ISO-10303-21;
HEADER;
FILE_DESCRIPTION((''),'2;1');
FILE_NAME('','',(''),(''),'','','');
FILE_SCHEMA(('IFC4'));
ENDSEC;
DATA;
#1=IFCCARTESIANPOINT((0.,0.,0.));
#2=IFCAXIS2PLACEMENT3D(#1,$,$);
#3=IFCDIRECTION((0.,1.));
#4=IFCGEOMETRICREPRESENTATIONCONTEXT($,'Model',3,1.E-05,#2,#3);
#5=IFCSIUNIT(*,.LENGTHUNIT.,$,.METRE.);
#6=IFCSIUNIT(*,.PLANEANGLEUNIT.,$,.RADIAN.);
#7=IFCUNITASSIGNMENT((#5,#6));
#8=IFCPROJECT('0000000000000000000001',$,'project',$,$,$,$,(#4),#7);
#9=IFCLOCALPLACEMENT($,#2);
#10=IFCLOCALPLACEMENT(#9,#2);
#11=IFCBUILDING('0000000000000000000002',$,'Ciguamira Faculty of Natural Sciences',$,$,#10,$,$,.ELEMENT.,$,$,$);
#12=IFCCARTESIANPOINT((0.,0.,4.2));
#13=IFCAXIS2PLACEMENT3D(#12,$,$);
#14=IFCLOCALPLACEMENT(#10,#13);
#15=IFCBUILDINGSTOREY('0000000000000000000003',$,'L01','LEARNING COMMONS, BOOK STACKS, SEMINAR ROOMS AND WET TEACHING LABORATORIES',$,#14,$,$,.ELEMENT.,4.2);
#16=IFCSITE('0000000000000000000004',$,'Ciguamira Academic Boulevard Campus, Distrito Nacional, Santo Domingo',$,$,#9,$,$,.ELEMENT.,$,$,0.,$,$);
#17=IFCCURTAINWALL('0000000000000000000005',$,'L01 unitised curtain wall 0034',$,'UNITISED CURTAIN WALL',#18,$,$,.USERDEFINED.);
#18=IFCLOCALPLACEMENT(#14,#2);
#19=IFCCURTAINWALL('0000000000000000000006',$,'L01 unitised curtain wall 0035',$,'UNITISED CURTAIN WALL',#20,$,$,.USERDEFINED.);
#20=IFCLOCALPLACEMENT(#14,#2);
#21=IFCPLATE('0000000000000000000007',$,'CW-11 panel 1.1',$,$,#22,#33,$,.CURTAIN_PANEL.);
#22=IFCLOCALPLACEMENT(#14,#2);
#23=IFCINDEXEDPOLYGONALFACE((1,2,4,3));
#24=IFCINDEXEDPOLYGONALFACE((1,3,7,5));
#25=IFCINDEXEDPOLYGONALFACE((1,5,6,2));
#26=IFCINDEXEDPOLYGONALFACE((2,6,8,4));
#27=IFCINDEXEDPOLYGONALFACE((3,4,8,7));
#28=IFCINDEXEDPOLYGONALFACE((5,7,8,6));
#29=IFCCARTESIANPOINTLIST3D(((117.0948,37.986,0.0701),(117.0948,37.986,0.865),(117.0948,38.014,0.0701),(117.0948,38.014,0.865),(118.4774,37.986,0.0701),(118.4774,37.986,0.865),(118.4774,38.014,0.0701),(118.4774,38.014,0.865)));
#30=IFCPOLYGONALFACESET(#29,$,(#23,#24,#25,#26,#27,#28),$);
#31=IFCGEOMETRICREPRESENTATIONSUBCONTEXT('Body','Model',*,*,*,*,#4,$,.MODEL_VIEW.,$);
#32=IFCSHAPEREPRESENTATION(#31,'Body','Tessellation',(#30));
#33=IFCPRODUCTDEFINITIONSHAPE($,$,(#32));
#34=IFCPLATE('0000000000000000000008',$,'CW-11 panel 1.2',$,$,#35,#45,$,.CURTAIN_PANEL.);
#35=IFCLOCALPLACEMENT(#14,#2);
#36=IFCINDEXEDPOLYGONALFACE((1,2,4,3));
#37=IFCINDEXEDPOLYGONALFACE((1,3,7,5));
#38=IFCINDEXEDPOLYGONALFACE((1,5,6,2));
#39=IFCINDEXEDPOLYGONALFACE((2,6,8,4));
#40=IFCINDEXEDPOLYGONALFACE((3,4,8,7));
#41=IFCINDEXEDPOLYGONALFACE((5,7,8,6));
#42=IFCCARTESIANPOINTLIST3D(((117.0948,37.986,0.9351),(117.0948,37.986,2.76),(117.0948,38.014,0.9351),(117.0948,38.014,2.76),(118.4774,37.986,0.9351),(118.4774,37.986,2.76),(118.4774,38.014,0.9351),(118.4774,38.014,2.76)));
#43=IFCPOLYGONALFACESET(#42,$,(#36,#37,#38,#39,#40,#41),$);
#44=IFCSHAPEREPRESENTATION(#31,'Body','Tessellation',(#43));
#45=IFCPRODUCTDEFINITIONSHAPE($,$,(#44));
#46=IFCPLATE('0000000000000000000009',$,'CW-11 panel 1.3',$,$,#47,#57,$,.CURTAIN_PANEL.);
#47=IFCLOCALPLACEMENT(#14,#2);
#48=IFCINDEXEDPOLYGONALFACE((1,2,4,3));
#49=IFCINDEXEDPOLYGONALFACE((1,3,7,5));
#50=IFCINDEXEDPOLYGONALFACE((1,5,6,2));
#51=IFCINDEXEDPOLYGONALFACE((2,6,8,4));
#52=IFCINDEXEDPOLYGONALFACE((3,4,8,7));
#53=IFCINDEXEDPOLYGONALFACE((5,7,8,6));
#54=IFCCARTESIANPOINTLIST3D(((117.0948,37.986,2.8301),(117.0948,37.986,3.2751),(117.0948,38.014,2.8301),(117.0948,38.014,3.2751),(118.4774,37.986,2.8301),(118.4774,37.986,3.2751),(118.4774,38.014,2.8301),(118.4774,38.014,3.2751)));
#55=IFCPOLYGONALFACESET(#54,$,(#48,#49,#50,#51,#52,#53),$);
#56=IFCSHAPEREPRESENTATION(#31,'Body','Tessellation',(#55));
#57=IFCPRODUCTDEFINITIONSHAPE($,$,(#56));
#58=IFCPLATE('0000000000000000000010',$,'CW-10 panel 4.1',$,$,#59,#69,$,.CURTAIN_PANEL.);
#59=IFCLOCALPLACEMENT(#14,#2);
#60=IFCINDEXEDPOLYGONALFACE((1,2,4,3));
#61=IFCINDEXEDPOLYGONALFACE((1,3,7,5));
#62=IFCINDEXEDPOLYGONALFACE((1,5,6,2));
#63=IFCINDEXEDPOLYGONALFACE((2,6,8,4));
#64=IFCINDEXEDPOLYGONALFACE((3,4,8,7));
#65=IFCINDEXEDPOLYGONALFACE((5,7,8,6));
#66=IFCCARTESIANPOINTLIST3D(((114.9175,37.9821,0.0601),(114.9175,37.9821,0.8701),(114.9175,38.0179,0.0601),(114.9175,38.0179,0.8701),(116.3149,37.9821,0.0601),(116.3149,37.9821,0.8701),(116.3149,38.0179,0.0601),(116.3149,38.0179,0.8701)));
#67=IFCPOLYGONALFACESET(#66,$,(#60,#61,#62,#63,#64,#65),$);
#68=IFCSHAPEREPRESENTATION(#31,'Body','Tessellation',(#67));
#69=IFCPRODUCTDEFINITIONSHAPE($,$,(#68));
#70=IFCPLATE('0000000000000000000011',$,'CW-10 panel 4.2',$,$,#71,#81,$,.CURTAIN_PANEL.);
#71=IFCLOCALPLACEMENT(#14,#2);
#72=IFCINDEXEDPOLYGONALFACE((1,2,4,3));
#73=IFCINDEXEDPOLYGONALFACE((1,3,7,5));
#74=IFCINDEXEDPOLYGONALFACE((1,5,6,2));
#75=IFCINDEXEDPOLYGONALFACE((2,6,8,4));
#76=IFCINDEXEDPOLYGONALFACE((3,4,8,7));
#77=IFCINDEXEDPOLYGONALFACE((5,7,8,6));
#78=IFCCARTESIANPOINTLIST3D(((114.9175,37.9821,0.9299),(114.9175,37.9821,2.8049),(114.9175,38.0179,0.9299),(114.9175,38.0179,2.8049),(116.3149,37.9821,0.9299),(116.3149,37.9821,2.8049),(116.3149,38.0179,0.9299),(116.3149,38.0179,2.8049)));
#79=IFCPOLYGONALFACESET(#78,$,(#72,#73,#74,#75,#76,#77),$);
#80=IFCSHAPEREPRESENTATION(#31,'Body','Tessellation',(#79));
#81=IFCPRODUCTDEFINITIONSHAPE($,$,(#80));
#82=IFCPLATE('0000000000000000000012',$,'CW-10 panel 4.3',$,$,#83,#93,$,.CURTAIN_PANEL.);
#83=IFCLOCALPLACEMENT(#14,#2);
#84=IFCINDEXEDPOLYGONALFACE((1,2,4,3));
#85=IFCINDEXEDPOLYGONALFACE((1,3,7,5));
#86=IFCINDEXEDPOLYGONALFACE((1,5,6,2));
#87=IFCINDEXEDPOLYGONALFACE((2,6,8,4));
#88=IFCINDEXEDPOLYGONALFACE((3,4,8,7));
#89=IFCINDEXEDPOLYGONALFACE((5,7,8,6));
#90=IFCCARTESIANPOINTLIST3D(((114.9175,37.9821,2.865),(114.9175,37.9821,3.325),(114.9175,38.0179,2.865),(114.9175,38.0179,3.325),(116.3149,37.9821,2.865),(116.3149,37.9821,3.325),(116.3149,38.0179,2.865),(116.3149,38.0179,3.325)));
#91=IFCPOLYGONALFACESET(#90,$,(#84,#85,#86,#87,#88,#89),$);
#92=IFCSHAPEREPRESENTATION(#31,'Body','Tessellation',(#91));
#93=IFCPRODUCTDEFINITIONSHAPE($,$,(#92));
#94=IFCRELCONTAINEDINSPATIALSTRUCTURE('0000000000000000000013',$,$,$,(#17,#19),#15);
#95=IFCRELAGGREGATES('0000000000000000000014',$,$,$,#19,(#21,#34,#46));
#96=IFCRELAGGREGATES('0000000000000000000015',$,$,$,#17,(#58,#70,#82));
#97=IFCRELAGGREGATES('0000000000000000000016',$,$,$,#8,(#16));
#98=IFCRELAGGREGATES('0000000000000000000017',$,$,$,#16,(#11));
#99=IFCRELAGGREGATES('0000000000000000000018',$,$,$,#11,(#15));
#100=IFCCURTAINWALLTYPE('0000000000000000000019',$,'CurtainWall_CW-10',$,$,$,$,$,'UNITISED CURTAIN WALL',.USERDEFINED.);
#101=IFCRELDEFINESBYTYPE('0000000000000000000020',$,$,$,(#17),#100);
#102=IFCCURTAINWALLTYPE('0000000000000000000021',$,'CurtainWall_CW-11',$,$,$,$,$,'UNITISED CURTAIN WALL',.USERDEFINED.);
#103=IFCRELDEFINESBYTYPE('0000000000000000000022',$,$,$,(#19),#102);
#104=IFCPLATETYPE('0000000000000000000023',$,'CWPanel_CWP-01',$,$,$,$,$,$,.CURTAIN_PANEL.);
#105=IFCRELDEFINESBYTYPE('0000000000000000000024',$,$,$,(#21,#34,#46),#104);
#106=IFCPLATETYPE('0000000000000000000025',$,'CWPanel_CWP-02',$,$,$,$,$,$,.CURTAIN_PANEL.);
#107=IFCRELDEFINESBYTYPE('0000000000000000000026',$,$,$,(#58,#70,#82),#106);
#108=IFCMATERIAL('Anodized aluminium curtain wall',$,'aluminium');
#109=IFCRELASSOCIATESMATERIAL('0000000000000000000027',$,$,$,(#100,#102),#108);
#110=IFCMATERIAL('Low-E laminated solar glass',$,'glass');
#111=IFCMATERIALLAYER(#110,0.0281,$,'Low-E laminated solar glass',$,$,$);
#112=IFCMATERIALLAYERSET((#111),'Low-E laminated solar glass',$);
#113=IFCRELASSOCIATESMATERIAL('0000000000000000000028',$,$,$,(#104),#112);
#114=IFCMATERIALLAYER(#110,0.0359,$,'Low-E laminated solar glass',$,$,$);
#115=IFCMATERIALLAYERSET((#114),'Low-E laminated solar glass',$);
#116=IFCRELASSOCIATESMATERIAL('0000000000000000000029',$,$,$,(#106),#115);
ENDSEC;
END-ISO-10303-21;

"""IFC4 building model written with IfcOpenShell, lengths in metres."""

from ifc_helpers import new_model, si_unit, direction, frame, origin, origin_2d, place, context, subcontext, project, spatial, rectangle, extrude, material, layer, layer_set, type_object, element, aggregate, save


model = new_model("IFC4")

# Units and contexts
model_context = context("Model", 3, precision=1e-05, world=origin(), true_north=direction((0.0, 1.0)))
body_context = subcontext(model_context, "Body", "Model", "MODEL_VIEW")
ifc_project = project(units=[si_unit("LENGTHUNIT", "METRE"), si_unit("PLANEANGLEUNIT", "RADIAN")], contexts=[model_context])

# Site, building, storey
site_placement = place(None, origin())
site = spatial("IfcSite", under=ifc_project, at=site_placement, Name="Ciguamira Academic Boulevard Campus, Distrito Nacional, Santo Domingo", CompositionType="ELEMENT", RefElevation=0.0)
building_placement = place(site_placement, origin())
building = spatial("IfcBuilding", under=site, at=building_placement, Name="Ciguamira Faculty of Natural Sciences", CompositionType="ELEMENT")
storey_placement = place(building_placement, frame((0.0, 0.0, 4.2)))
storey = spatial("IfcBuildingStorey", under=building, at=storey_placement, Name="L01", Description="LEARNING COMMONS, BOOK STACKS, SEMINAR ROOMS AND WET TEACHING LABORATORIES", CompositionType="ELEMENT", Elevation=4.2)

# Curtain wall
ifc_material_1 = material(Name="Anodized aluminium curtain wall", Category="aluminium")
curtain_wall_type_1 = type_object("IfcCurtainWallType", Name="CurtainWall_CW-10", ElementType="UNITISED CURTAIN WALL", PredefinedType="USERDEFINED", material=ifc_material_1)
curtain_wall_1_placement = place(storey_placement, origin())
curtain_wall_1 = element("IfcCurtainWall", 1, at=curtain_wall_1_placement, inside=storey, type_object=curtain_wall_type_1, Name="L01 unitised curtain wall 0034", ObjectType="UNITISED CURTAIN WALL", PredefinedType="USERDEFINED")

# Curtain wall
curtain_wall_type_2 = type_object("IfcCurtainWallType", Name="CurtainWall_CW-11", ElementType="UNITISED CURTAIN WALL", PredefinedType="USERDEFINED", material=ifc_material_1)
curtain_wall_2_placement = place(storey_placement, origin())
curtain_wall_2 = element("IfcCurtainWall", 2, at=curtain_wall_2_placement, inside=storey, type_object=curtain_wall_type_2, Name="L01 unitised curtain wall 0035", ObjectType="UNITISED CURTAIN WALL", PredefinedType="USERDEFINED")

# Plates
ifc_material_2 = material(Name="Low-E laminated solar glass", Category="glass")
ifc_layer_1 = layer(ifc_material_2, 0.0281, Name="Low-E laminated solar glass")
ifc_layer_set_1 = layer_set([ifc_layer_1], Name="Low-E laminated solar glass")
plate_type_1 = type_object("IfcPlateType", Name="CWPanel_CWP-01", PredefinedType="CURTAIN_PANEL", material=ifc_layer_set_1)
plate_1_placement = place(storey_placement, frame((117.7861, 38.0, 0.0701), z_axis=(0.0, 0.0, 1.0), x_axis=(1.0, 0.0, 0.0)))
plate_1 = element("IfcPlate", 3, at=plate_1_placement, type_object=plate_type_1, Name="CW-11 panel 1.1", PredefinedType="CURTAIN_PANEL", context=body_context, shape_type="SweptSolid", body=[
    extrude(rectangle(XDim=1.3826, YDim=0.0281, at=origin_2d()), origin(), (0.0, 0.0, 1.0), 0.7949),
])
plate_2_placement = place(storey_placement, frame((117.7861, 38.0, 0.9351), z_axis=(0.0, 0.0, 1.0), x_axis=(1.0, 0.0, 0.0)))
plate_2 = element("IfcPlate", 4, at=plate_2_placement, type_object=plate_type_1, Name="CW-11 panel 1.2", PredefinedType="CURTAIN_PANEL", context=body_context, shape_type="SweptSolid", body=[
    extrude(rectangle(XDim=1.3826, YDim=0.0281, at=origin_2d()), origin(), (0.0, 0.0, 1.0), 1.825),
])
plate_3_placement = place(storey_placement, frame((117.7861, 38.0, 2.8301), z_axis=(0.0, 0.0, 1.0), x_axis=(1.0, 0.0, 0.0)))
plate_3 = element("IfcPlate", 5, at=plate_3_placement, type_object=plate_type_1, Name="CW-11 panel 1.3", PredefinedType="CURTAIN_PANEL", context=body_context, shape_type="SweptSolid", body=[
    extrude(rectangle(XDim=1.3826, YDim=0.0281, at=origin_2d()), origin(), (0.0, 0.0, 1.0), 0.4451),
])
aggregate(curtain_wall_2, [plate_1, plate_2, plate_3])
ifc_layer_2 = layer(ifc_material_2, 0.0359, Name="Low-E laminated solar glass")
ifc_layer_set_2 = layer_set([ifc_layer_2], Name="Low-E laminated solar glass")
plate_type_2 = type_object("IfcPlateType", Name="CWPanel_CWP-02", PredefinedType="CURTAIN_PANEL", material=ifc_layer_set_2)
plate_4_placement = place(storey_placement, frame((115.6162, 38.0, 0.0601), z_axis=(0.0, 0.0, 1.0), x_axis=(1.0, 0.0, 0.0)))
plate_4 = element("IfcPlate", 6, at=plate_4_placement, type_object=plate_type_2, Name="CW-10 panel 4.1", PredefinedType="CURTAIN_PANEL", context=body_context, shape_type="SweptSolid", body=[
    extrude(rectangle(XDim=1.3975, YDim=0.0359, at=origin_2d()), origin(), (0.0, 0.0, 1.0), 0.8101),
])
plate_5_placement = place(storey_placement, frame((115.6162, 38.0, 0.9299), z_axis=(0.0, 0.0, 1.0), x_axis=(1.0, 0.0, 0.0)))
plate_5 = element("IfcPlate", 7, at=plate_5_placement, type_object=plate_type_2, Name="CW-10 panel 4.2", PredefinedType="CURTAIN_PANEL", context=body_context, shape_type="SweptSolid", body=[
    extrude(rectangle(XDim=1.3975, YDim=0.0359, at=origin_2d()), origin(), (0.0, 0.0, 1.0), 1.875),
])
plate_6_placement = place(storey_placement, frame((115.6162, 38.0, 2.865), z_axis=(0.0, 0.0, 1.0), x_axis=(1.0, 0.0, 0.0)))
plate_6 = element("IfcPlate", 8, at=plate_6_placement, type_object=plate_type_2, Name="CW-10 panel 4.3", PredefinedType="CURTAIN_PANEL", context=body_context, shape_type="SweptSolid", body=[
    extrude(rectangle(XDim=1.3975, YDim=0.0359, at=origin_2d()), origin(), (0.0, 0.0, 1.0), 0.46),
])
aggregate(curtain_wall_1, [plate_4, plate_5, plate_6])

save(model, "model.ifc")
